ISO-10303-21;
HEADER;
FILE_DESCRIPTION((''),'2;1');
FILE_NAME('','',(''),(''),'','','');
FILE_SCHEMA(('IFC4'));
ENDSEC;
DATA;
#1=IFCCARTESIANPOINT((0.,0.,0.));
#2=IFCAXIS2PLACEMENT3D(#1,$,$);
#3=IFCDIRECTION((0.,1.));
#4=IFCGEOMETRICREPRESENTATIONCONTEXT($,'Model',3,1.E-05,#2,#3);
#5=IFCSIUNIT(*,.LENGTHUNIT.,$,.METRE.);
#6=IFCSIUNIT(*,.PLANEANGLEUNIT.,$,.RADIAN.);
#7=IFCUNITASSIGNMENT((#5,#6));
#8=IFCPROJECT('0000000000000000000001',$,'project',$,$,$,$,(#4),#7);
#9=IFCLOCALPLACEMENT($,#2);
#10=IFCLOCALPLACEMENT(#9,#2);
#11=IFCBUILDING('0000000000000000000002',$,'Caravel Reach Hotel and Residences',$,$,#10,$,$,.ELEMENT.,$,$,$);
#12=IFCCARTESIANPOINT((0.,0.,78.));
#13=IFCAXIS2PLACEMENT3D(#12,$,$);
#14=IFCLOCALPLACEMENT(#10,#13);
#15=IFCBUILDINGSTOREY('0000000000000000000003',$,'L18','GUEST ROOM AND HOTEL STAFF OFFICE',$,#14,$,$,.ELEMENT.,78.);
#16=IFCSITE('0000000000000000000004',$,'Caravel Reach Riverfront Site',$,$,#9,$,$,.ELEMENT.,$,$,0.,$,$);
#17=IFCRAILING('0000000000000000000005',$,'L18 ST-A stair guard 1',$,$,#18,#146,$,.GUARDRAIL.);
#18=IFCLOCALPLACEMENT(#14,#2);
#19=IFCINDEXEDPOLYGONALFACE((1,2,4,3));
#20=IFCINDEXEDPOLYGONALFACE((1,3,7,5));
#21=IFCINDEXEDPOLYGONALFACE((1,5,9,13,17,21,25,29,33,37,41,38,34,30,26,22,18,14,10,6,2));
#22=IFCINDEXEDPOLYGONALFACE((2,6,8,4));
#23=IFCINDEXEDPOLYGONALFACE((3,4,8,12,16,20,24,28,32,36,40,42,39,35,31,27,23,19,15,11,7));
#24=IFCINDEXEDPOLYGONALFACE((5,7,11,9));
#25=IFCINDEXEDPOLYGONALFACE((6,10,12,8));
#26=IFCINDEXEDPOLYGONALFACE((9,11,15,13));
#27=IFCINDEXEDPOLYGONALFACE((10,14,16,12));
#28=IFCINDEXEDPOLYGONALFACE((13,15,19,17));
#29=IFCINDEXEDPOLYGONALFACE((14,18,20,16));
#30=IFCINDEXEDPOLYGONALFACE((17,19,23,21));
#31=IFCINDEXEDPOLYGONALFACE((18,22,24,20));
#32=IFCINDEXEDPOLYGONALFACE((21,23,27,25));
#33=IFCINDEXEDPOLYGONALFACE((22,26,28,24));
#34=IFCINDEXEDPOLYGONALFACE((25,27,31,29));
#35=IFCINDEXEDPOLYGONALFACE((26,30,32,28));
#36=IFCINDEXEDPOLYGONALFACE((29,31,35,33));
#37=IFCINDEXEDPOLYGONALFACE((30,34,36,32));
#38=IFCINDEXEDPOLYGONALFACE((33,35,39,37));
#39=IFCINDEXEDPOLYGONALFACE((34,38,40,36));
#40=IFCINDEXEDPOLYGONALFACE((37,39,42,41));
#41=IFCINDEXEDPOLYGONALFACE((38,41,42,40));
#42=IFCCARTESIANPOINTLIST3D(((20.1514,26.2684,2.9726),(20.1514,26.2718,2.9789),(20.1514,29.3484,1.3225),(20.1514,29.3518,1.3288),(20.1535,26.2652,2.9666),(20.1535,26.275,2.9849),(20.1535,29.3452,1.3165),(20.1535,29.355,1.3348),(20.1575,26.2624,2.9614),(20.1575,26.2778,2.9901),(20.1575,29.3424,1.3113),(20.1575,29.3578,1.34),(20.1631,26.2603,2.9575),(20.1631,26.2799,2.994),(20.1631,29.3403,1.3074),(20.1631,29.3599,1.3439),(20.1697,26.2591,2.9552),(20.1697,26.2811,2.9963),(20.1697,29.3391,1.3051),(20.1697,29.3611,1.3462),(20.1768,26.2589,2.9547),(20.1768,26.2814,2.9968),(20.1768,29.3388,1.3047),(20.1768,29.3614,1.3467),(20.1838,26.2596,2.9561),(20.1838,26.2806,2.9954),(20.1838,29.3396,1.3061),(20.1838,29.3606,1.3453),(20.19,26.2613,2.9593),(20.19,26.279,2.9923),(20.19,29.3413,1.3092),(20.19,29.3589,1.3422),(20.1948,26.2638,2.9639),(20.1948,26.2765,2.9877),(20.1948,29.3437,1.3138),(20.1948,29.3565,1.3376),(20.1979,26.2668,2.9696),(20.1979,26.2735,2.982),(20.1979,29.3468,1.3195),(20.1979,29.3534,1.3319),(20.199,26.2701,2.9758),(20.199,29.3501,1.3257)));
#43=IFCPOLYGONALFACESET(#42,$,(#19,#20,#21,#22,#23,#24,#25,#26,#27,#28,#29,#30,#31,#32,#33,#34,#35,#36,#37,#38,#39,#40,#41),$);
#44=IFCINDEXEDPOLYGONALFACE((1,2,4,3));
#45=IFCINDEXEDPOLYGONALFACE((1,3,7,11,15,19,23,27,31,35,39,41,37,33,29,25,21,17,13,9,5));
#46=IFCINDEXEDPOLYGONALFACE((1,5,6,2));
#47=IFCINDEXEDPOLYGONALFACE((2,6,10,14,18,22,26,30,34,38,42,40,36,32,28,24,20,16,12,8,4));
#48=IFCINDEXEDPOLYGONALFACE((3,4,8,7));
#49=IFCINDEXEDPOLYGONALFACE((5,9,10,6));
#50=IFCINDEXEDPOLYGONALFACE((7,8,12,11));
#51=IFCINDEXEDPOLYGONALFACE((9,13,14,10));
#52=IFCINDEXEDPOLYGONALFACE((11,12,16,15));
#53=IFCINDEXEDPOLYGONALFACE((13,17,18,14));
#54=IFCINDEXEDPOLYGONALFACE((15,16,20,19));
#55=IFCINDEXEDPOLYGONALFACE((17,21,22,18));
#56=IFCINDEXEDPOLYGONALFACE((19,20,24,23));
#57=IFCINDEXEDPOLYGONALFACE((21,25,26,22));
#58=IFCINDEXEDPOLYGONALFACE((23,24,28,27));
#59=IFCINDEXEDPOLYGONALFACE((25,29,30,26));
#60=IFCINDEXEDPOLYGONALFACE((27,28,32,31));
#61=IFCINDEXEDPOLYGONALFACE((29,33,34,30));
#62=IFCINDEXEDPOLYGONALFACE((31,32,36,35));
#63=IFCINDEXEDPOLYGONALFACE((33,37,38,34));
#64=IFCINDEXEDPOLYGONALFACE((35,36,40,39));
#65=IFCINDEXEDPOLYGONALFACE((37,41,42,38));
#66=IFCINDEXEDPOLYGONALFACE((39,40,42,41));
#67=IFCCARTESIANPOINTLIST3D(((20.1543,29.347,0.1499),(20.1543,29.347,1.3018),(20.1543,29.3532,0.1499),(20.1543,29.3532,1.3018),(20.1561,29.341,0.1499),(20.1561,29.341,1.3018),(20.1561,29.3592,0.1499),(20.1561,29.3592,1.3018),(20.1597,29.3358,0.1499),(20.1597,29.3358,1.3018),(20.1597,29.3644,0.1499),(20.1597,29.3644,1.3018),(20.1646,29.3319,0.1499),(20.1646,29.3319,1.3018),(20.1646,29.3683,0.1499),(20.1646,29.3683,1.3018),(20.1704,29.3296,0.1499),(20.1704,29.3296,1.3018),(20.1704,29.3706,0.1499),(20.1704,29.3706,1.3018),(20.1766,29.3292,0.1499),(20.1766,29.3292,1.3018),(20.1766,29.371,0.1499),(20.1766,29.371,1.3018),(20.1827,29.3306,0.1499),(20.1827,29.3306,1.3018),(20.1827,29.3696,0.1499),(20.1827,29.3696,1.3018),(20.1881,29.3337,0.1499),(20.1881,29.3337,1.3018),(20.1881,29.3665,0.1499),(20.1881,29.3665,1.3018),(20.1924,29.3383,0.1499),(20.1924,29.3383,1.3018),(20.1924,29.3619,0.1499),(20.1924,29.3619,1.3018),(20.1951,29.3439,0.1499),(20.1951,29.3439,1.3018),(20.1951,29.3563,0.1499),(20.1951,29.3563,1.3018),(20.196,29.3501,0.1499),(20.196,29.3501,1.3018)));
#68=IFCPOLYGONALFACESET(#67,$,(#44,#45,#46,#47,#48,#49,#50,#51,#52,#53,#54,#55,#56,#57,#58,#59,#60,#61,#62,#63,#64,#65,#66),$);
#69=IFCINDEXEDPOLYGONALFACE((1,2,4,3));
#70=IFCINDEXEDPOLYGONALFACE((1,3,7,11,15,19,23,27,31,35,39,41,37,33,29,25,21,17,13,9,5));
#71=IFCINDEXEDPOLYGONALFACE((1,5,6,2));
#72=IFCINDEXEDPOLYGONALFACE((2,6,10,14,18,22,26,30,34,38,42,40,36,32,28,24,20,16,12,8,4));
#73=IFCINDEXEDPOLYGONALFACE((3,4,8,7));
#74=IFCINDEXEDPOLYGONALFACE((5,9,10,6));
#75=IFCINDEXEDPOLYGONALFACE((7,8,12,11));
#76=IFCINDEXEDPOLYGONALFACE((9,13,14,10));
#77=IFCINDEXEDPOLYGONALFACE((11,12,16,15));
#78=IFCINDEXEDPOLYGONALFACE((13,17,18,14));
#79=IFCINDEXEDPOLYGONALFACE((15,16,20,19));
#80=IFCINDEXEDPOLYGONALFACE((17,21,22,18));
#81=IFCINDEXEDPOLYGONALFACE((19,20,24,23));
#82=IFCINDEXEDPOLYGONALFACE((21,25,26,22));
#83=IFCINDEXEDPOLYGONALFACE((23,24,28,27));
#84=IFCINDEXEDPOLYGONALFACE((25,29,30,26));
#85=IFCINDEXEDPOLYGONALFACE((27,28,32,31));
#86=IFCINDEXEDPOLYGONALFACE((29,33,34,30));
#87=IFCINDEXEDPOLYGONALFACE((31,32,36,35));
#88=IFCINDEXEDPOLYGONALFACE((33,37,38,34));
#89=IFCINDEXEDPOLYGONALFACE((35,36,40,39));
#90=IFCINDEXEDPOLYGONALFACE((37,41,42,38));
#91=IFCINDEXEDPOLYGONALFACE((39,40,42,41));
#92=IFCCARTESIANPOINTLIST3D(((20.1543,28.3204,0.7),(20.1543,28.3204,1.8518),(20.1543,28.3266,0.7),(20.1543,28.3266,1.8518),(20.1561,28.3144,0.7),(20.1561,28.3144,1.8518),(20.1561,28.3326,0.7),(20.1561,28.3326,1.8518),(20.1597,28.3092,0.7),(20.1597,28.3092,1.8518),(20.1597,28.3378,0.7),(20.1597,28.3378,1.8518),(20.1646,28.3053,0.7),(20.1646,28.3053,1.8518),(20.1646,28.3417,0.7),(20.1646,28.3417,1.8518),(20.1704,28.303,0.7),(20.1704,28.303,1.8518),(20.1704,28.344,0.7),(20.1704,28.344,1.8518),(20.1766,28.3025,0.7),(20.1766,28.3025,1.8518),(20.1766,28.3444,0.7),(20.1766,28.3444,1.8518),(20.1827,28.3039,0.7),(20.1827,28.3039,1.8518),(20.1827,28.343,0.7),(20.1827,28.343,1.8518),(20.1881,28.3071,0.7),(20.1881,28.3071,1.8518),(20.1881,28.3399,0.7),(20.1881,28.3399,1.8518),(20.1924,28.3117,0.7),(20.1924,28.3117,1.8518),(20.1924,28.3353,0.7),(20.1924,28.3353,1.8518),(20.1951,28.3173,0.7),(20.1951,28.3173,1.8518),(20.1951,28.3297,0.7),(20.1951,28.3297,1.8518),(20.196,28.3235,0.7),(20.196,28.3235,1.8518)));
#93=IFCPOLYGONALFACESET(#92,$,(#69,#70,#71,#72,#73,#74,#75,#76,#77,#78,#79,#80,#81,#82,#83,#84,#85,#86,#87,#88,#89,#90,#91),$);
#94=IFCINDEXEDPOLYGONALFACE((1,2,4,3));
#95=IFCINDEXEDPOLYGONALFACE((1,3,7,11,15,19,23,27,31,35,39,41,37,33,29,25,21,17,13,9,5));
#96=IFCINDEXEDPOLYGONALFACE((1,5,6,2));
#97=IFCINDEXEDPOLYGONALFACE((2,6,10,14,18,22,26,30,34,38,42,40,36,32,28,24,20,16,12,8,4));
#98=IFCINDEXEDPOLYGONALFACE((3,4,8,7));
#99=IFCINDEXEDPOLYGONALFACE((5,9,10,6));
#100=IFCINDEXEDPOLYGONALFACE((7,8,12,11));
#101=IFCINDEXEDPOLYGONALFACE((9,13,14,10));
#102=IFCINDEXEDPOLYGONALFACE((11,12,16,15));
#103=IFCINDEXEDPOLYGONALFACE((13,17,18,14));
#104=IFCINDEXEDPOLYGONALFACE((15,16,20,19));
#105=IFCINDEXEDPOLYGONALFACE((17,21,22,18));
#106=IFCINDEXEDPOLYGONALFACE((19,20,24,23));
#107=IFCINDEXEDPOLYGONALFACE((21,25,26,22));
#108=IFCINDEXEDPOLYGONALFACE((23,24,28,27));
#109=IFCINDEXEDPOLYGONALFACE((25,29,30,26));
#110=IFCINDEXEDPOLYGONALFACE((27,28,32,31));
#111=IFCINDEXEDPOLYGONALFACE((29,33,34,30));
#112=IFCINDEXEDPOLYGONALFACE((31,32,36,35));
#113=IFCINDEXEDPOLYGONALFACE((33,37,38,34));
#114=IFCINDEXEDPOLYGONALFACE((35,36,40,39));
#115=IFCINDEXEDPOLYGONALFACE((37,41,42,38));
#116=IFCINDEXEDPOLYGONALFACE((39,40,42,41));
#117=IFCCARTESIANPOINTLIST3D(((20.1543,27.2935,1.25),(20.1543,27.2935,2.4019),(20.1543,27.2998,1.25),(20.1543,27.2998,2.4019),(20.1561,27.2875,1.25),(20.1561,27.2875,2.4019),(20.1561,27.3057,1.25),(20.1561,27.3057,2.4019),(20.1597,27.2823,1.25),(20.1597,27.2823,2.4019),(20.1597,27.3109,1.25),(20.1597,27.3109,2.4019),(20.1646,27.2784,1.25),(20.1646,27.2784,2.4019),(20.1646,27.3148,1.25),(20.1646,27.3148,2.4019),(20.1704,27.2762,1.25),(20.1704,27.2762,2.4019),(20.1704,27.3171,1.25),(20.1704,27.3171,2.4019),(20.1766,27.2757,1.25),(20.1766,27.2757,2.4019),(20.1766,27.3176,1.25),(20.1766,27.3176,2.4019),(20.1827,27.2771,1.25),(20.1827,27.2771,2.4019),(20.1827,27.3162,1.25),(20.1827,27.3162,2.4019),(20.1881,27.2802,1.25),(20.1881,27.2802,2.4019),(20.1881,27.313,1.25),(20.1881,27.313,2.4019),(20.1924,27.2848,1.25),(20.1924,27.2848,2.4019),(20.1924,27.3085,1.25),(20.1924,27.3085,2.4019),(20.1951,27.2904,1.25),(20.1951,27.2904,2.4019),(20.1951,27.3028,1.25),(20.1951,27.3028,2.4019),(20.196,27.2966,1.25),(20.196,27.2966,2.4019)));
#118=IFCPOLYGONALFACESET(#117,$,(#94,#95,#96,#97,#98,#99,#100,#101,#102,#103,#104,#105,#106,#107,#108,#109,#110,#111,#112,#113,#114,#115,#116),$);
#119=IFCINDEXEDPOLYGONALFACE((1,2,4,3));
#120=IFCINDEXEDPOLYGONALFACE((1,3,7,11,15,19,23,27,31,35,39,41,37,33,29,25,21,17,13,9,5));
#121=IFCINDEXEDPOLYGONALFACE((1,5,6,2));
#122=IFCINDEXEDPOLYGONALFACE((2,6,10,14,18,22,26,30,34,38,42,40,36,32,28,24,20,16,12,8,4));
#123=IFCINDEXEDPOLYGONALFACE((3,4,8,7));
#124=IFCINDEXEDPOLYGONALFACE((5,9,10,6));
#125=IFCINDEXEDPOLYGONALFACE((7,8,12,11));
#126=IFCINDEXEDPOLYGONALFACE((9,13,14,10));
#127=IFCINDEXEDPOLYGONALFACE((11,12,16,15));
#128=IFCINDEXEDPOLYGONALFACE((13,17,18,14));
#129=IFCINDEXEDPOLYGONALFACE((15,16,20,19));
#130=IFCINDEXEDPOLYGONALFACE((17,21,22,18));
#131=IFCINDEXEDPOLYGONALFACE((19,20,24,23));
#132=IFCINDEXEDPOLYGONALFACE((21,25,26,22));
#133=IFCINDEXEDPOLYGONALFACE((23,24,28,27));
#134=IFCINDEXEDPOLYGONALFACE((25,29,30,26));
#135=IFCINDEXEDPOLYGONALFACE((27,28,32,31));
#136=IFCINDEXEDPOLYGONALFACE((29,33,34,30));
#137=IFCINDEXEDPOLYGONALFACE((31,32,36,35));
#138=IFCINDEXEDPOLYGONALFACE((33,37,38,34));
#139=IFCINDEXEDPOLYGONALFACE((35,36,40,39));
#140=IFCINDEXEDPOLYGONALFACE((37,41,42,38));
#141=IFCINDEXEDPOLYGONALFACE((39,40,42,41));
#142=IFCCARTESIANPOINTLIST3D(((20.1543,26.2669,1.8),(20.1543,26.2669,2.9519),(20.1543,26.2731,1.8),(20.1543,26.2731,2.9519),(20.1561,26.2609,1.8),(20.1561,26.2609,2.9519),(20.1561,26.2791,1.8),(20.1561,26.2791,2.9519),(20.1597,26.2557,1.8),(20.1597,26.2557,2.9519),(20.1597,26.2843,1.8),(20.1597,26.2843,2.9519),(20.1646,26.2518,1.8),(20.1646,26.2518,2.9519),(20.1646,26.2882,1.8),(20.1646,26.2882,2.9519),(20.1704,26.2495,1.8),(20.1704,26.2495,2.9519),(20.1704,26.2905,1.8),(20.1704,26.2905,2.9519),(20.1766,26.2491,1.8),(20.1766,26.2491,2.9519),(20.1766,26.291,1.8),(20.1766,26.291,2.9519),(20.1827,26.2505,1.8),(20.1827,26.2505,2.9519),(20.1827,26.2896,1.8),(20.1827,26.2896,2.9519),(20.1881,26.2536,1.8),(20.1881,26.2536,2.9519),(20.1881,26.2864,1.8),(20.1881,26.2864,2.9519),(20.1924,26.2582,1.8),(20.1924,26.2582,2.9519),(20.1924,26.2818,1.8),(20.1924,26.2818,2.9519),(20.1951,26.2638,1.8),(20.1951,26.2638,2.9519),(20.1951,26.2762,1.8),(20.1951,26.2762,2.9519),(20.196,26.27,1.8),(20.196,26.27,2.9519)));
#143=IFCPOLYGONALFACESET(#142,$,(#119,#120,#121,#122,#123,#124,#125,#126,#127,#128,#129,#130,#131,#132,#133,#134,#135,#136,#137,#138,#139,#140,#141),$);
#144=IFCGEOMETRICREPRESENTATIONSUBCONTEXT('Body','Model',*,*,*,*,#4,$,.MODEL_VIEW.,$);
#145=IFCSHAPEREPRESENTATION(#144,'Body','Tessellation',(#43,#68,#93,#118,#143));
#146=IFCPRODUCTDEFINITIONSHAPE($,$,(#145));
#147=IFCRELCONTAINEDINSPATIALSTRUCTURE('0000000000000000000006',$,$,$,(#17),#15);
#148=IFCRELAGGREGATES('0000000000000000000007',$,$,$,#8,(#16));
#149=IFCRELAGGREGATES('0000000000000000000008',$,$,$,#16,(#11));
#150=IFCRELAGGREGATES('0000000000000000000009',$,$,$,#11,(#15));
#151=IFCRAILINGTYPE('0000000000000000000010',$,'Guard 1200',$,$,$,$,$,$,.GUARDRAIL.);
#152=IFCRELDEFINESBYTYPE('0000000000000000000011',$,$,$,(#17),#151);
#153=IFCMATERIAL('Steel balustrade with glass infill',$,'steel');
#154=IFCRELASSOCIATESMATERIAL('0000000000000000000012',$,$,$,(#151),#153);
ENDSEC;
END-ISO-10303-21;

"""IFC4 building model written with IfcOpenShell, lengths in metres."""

from ifc_helpers import new_model, si_unit, direction, frame, origin, origin_2d, place, context, subcontext, project, spatial, circle, extrude, material, type_object, element, save


model = new_model("IFC4")

# Units and contexts
model_context = context("Model", 3, precision=1e-05, world=origin(), true_north=direction((0.0, 1.0)))
body_context = subcontext(model_context, "Body", "Model", "MODEL_VIEW")
ifc_project = project(units=[si_unit("LENGTHUNIT", "METRE"), si_unit("PLANEANGLEUNIT", "RADIAN")], contexts=[model_context])

# Site, building, storey
site_placement = place(None, origin())
site = spatial("IfcSite", under=ifc_project, at=site_placement, Name="Caravel Reach Riverfront Site", CompositionType="ELEMENT", RefElevation=0.0)
building_placement = place(site_placement, origin())
building = spatial("IfcBuilding", under=site, at=building_placement, Name="Caravel Reach Hotel and Residences", CompositionType="ELEMENT")
storey_placement = place(building_placement, frame((0.0, 0.0, 78.0)))
storey = spatial("IfcBuildingStorey", under=building, at=storey_placement, Name="L18", Description="GUEST ROOM AND HOTEL STAFF OFFICE", CompositionType="ELEMENT", Elevation=78.0)

# Railing
ifc_material_1 = material(Name="Steel balustrade with glass infill", Category="steel")
railing_type_1 = type_object("IfcRailingType", Name="Guard 1200", PredefinedType="GUARDRAIL", material=ifc_material_1)
railing_1_placement = place(storey_placement, frame((20.175, 29.3501, 0.1499)))
element("IfcRailing", 1, at=railing_1_placement, inside=storey, type_object=railing_type_1, Name="L18 ST-A stair guard 1", PredefinedType="GUARDRAIL", context=body_context, shape_type="SweptSolid", body=[
    extrude(circle(Radius=0.0239, at=origin_2d()), frame((0.0, 0.0, 1.1758), z_axis=(0.0, -0.881468, 0.472245), x_axis=(1.0, 0.0, 0.0)), (0.0, 0.0, 1.0), 3.4941),
    extrude(circle(Radius=0.021, at=origin_2d()), origin(), (0.0, 0.0, 1.0), 1.1519),
    extrude(circle(Radius=0.021, at=origin_2d()), frame((0.0, -1.0266, 0.55)), (0.0, 0.0, 1.0), 1.1519),
    extrude(circle(Radius=0.021, at=origin_2d()), frame((0.0, -2.0535, 1.1001)), (0.0, 0.0, 1.0), 1.1519),
    extrude(circle(Radius=0.021, at=origin_2d()), frame((0.0, -3.0801, 1.6501)), (0.0, 0.0, 1.0), 1.1519),
])

save(model, "model.ifc")
